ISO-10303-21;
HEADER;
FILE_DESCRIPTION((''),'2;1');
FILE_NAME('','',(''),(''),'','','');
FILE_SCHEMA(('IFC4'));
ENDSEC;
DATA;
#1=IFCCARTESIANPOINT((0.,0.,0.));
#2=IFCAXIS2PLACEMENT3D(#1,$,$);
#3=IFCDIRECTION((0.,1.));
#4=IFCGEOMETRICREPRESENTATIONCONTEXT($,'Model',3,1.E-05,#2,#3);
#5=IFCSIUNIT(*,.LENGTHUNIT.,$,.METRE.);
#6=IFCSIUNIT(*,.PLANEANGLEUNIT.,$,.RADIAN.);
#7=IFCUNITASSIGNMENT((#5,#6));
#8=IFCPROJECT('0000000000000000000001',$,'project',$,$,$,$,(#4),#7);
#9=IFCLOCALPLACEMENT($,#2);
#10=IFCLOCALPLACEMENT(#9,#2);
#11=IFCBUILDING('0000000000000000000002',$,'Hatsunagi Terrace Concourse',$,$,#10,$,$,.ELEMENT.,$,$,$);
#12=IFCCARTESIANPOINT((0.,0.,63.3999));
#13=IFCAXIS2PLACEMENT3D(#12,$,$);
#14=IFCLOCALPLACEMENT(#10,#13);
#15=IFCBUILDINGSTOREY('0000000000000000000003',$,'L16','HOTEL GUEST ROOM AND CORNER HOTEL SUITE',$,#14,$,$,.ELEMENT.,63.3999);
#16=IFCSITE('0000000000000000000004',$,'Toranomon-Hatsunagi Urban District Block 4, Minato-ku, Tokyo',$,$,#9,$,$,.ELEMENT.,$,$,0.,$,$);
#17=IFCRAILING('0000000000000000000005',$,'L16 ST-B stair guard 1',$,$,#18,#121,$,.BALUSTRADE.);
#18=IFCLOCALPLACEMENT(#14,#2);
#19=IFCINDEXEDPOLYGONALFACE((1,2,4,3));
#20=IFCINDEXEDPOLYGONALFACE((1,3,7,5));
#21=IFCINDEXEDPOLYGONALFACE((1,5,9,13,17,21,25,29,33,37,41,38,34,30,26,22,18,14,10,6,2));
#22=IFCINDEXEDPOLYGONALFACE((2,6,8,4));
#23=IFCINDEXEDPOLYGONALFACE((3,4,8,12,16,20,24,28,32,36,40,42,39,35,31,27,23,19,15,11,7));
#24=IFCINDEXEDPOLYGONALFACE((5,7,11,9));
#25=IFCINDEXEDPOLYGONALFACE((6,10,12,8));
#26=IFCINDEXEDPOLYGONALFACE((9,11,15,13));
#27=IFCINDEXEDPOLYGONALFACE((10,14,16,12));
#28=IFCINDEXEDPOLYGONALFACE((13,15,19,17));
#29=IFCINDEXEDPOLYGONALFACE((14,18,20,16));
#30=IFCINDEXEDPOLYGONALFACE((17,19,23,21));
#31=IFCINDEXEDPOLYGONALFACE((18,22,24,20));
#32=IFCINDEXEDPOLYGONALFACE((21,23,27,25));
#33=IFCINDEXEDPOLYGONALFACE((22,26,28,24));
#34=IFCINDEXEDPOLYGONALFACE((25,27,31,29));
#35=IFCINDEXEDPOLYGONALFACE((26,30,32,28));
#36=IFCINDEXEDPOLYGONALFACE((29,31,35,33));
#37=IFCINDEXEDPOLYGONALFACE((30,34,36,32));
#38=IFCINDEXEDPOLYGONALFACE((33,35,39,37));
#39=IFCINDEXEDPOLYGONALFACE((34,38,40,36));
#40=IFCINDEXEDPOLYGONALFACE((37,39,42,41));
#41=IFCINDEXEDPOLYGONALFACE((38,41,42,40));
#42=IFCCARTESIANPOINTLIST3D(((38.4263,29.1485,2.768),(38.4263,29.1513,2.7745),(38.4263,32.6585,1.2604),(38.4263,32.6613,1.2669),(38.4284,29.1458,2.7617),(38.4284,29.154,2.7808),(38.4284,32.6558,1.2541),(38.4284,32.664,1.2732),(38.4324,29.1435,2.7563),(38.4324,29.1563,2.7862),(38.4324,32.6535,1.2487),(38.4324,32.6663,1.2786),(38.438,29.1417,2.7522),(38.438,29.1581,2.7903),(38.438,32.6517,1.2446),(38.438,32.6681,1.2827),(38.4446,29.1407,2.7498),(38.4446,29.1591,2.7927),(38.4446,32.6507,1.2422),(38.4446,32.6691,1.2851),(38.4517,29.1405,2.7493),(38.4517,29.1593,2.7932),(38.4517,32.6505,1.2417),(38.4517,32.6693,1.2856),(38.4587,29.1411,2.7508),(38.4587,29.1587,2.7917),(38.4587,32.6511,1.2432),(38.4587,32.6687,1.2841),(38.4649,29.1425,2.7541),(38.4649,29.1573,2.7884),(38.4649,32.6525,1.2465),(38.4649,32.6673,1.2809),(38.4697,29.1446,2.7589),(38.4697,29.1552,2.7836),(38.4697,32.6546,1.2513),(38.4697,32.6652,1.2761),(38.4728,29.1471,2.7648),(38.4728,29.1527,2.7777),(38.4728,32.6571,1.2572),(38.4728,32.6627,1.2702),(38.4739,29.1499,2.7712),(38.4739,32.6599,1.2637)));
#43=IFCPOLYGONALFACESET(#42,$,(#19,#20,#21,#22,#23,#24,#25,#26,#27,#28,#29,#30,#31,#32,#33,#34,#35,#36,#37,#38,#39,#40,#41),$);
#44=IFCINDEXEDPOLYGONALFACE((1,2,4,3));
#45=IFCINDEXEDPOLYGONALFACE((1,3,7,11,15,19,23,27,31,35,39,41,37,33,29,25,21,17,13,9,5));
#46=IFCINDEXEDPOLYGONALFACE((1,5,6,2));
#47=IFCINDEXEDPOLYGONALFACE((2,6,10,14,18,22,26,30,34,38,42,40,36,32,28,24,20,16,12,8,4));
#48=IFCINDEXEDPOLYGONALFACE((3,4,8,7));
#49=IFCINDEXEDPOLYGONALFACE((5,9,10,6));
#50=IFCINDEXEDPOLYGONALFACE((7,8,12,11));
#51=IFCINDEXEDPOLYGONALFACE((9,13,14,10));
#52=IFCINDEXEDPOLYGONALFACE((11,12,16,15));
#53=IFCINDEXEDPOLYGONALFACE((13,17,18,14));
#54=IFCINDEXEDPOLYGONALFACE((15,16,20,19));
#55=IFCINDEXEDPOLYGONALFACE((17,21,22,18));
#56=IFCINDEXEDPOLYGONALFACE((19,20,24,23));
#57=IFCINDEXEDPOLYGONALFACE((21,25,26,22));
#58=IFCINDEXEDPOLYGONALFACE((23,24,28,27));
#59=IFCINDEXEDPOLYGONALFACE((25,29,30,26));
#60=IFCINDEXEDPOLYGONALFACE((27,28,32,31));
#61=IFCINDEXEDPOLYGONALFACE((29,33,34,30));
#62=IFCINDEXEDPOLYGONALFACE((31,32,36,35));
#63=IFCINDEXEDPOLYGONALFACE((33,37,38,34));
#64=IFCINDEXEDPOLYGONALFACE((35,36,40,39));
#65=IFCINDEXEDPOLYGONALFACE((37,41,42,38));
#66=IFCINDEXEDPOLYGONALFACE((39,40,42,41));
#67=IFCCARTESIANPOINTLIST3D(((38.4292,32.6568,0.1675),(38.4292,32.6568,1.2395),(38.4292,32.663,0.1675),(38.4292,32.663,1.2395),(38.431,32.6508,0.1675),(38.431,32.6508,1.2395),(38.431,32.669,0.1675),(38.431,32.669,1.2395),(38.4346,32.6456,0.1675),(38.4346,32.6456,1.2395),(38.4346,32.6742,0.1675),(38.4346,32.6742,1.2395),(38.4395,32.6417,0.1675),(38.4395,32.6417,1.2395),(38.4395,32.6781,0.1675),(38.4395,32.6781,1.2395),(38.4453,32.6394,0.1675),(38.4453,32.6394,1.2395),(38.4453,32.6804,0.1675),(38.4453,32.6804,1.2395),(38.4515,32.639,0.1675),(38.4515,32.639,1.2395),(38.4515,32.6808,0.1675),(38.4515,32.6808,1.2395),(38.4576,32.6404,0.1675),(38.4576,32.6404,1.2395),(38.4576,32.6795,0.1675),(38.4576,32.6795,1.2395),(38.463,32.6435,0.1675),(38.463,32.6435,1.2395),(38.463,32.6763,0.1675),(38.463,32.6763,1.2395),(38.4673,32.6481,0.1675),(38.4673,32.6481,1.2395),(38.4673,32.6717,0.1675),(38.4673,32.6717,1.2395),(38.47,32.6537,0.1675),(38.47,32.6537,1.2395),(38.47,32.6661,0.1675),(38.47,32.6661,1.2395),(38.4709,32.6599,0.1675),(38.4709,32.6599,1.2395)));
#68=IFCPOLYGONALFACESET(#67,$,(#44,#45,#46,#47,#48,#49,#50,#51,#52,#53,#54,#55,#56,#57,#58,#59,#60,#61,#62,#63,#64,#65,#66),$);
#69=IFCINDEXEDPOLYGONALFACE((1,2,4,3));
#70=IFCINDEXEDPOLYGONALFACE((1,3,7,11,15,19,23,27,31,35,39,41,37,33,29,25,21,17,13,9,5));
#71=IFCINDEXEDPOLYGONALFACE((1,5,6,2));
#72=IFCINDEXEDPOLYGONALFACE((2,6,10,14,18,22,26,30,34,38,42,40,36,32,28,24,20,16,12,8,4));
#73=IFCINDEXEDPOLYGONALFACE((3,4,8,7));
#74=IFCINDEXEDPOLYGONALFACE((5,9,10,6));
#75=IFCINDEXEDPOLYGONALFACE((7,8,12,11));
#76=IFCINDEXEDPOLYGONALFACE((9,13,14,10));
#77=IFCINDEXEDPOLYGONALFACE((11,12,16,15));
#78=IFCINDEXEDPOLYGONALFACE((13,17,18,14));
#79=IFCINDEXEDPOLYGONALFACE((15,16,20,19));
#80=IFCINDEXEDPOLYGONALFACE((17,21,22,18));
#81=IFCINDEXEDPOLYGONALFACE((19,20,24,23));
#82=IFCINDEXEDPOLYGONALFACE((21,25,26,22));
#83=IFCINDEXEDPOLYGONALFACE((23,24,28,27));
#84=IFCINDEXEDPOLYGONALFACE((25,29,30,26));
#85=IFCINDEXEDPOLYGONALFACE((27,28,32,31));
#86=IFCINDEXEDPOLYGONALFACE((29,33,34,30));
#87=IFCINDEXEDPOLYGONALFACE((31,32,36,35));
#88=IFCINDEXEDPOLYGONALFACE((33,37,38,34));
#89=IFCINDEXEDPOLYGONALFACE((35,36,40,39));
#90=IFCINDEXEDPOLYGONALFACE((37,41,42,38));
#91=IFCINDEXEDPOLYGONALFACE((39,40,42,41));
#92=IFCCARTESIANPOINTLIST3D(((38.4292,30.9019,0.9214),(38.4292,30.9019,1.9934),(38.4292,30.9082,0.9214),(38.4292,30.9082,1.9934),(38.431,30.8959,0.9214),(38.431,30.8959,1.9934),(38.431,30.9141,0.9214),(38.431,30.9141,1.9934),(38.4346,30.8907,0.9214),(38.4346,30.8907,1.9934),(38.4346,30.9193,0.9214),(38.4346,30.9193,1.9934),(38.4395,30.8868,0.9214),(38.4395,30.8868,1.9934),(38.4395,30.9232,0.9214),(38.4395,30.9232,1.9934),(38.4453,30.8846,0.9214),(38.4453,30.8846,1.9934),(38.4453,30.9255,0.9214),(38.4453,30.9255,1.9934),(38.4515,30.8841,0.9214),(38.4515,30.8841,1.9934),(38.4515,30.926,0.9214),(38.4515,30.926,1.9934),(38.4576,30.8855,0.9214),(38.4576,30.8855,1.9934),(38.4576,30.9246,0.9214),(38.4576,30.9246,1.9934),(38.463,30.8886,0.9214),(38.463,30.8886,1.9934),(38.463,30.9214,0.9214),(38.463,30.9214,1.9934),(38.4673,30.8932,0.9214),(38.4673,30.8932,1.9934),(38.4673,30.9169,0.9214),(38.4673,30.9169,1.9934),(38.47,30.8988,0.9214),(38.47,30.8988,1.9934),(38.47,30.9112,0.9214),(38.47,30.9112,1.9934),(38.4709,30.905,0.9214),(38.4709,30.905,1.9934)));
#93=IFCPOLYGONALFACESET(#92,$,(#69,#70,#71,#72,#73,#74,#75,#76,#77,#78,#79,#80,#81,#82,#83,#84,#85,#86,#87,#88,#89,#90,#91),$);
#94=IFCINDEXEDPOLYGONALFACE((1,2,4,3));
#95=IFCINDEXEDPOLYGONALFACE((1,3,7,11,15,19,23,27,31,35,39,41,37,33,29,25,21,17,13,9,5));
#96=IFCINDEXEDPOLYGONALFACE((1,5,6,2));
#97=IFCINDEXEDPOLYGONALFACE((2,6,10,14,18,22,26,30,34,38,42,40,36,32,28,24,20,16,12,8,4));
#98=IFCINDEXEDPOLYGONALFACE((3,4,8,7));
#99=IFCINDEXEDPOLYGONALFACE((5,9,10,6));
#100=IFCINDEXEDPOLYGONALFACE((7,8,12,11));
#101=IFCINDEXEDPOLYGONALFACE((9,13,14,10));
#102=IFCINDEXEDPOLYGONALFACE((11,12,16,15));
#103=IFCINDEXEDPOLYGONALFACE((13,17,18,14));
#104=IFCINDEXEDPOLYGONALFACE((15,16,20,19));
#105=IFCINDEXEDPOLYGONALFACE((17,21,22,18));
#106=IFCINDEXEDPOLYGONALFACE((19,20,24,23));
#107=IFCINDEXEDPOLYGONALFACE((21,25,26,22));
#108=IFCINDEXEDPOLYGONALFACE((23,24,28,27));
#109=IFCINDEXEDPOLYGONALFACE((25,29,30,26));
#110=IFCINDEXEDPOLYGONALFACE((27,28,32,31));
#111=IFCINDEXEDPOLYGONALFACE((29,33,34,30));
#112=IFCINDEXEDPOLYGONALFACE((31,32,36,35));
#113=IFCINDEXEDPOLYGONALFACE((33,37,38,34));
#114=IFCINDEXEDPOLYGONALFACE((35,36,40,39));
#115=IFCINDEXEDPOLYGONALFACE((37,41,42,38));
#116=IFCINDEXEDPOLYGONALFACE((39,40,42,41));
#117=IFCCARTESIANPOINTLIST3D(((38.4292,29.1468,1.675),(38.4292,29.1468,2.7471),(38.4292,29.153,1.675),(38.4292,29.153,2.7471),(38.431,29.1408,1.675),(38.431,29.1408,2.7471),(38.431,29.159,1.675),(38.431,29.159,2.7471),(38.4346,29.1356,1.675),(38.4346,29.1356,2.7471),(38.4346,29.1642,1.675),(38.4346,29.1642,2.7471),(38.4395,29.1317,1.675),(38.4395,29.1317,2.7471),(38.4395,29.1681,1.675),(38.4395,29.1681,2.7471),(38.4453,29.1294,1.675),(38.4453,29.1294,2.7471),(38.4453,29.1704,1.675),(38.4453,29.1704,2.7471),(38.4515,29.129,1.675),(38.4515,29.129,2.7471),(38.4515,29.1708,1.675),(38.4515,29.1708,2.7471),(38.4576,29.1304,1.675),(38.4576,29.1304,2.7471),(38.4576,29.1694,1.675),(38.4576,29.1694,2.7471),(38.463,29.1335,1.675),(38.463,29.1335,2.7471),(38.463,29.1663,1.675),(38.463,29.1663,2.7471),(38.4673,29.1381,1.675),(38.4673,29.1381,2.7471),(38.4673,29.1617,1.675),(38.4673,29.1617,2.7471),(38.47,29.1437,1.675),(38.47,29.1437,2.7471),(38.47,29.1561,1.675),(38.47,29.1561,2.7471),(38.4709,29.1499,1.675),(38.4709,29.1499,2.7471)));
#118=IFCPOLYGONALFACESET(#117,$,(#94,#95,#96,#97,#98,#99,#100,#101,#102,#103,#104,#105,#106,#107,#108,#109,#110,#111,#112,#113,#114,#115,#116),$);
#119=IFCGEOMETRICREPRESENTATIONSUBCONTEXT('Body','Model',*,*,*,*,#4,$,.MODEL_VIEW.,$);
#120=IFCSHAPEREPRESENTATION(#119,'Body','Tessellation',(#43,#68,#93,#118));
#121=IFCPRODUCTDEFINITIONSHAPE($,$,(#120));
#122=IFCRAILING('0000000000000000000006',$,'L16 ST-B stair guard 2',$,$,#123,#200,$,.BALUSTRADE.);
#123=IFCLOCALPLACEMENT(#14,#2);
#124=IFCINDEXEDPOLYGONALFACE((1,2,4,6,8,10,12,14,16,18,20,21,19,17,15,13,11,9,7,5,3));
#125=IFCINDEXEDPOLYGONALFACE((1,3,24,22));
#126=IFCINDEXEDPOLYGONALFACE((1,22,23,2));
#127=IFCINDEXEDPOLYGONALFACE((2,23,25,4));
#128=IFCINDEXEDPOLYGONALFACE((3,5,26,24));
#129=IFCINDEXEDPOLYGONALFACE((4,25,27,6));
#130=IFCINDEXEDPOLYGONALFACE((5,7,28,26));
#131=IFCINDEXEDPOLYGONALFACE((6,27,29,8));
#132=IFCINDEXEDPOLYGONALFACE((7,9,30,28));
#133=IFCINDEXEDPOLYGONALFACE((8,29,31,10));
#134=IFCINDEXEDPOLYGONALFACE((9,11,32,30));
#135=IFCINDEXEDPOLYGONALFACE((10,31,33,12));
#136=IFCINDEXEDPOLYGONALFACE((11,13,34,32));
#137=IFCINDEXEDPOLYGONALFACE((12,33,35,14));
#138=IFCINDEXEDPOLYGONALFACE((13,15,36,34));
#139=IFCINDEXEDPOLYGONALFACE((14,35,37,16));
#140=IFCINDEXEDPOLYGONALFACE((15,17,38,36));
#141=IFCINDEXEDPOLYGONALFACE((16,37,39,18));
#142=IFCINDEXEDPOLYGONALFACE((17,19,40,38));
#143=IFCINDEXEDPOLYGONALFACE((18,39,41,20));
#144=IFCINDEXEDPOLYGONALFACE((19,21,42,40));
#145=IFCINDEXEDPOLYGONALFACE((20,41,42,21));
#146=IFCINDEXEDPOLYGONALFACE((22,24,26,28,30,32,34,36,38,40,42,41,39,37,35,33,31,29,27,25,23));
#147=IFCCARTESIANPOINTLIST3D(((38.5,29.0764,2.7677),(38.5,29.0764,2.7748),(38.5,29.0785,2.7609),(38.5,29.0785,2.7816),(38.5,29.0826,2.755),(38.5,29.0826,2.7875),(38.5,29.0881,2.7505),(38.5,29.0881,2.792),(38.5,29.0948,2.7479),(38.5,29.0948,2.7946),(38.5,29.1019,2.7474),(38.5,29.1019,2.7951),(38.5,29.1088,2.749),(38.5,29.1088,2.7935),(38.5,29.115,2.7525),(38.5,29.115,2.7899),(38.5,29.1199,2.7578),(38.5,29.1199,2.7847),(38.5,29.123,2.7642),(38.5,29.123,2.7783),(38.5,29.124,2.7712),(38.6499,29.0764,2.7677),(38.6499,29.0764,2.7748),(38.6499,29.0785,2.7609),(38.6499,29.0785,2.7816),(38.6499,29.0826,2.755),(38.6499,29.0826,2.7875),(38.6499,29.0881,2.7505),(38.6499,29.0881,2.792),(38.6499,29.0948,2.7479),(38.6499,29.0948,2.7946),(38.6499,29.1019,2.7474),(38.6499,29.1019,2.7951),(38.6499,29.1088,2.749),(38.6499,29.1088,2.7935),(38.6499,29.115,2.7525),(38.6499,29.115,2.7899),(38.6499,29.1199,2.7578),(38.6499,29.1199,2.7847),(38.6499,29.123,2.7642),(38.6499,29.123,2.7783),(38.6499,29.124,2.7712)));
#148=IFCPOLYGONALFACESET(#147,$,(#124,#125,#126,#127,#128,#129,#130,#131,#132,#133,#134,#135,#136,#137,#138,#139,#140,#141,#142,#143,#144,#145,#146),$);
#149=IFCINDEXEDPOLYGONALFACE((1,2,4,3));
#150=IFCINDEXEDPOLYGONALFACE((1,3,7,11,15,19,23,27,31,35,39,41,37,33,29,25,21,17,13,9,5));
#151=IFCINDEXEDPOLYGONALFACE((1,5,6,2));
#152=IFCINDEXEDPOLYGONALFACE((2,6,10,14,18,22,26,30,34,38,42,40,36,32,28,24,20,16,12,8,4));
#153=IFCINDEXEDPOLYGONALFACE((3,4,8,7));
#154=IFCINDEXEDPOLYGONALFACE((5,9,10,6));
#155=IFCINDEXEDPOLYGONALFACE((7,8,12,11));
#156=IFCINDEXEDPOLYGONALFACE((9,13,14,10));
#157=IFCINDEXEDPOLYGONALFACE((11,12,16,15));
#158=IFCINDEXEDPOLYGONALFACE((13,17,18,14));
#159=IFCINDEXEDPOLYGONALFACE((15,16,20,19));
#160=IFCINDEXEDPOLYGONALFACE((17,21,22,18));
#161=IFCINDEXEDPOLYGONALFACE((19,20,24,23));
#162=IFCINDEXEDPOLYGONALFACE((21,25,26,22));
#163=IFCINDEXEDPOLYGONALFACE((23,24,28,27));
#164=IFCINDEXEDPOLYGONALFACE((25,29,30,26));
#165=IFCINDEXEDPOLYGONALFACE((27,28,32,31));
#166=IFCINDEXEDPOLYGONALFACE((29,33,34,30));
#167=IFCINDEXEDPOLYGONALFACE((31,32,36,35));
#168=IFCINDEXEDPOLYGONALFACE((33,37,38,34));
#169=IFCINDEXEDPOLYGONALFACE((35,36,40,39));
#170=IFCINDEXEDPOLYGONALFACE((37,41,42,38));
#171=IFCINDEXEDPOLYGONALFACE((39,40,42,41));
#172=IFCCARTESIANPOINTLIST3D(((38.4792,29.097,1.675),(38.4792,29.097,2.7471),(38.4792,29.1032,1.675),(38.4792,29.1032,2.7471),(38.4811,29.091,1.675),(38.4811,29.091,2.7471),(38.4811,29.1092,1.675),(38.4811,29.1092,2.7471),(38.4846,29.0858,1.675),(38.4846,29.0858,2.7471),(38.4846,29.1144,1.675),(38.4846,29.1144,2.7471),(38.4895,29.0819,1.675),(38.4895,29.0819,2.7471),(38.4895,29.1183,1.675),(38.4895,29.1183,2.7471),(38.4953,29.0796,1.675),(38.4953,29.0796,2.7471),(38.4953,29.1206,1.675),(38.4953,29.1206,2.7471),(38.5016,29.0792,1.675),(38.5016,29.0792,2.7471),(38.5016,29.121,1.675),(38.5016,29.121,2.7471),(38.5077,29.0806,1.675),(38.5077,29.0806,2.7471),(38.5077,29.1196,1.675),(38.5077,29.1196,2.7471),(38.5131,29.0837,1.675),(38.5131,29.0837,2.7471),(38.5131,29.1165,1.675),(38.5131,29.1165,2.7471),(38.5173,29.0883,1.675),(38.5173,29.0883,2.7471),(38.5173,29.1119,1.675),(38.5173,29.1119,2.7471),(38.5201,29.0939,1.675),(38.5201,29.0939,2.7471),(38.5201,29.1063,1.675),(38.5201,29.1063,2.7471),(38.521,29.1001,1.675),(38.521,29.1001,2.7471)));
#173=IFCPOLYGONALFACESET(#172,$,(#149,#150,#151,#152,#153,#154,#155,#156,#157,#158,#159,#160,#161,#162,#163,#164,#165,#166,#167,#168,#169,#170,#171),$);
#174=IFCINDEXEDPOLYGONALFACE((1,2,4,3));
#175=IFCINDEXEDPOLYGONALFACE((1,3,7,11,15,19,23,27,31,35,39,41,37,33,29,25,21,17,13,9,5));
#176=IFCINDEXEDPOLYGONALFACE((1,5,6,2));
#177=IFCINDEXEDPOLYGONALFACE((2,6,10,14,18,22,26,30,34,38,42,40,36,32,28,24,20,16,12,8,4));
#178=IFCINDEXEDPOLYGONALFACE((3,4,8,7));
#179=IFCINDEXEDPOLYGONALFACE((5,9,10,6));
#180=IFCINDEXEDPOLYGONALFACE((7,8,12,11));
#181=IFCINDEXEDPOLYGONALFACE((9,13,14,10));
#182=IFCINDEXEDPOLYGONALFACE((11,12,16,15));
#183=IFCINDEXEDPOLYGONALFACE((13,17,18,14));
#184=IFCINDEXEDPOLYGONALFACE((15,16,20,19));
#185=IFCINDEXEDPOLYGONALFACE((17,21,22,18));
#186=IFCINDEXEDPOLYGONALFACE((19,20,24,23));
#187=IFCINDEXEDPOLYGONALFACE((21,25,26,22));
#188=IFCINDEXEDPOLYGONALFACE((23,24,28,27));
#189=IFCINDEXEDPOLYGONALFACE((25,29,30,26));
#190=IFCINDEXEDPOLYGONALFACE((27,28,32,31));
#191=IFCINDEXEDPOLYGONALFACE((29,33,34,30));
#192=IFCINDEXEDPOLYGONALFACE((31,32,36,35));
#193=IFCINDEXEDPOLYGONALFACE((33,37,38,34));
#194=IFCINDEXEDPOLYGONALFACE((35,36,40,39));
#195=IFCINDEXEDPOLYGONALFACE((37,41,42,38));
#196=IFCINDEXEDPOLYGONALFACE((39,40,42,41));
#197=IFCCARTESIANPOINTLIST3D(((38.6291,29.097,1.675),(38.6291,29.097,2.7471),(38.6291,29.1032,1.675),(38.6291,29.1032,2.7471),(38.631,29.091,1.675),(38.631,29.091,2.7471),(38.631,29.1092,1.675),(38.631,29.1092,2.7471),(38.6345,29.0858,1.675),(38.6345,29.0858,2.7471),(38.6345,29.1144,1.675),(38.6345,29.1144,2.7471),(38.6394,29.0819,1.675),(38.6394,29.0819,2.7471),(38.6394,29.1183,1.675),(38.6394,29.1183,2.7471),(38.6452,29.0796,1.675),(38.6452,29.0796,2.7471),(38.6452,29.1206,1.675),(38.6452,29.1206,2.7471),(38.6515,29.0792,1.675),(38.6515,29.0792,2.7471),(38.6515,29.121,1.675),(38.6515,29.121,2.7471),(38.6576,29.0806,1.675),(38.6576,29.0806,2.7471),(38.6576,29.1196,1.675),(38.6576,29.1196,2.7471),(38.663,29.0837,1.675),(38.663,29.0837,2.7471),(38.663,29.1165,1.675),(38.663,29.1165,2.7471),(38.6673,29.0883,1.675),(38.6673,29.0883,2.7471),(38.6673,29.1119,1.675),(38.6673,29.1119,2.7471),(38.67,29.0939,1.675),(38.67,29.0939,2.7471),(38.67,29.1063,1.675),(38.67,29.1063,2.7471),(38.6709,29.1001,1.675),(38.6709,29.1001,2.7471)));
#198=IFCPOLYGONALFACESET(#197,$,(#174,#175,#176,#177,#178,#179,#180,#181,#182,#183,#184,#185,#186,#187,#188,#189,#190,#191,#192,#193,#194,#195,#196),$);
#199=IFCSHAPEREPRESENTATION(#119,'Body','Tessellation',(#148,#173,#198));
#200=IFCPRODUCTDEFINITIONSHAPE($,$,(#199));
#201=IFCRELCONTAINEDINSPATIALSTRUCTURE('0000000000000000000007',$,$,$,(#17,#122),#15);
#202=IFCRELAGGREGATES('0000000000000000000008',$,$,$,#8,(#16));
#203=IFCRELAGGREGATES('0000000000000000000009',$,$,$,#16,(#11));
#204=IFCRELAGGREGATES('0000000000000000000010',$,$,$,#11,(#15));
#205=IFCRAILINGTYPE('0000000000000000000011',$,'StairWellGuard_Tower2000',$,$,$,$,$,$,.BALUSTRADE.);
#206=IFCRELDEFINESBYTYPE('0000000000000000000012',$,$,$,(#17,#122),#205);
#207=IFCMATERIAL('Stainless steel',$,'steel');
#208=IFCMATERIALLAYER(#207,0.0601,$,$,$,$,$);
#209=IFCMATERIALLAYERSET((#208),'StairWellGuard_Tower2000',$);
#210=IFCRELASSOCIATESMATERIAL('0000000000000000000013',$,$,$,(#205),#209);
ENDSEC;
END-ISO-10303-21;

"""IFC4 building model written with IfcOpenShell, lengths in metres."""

from ifc_helpers import new_model, si_unit, direction, frame, origin, origin_2d, place, context, subcontext, project, spatial, circle, extrude, material, layer, layer_set, type_object, element, save


model = new_model("IFC4")

# Units and contexts
model_context = context("Model", 3, precision=1e-05, world=origin(), true_north=direction((0.0, 1.0)))
body_context = subcontext(model_context, "Body", "Model", "MODEL_VIEW")
ifc_project = project(units=[si_unit("LENGTHUNIT", "METRE"), si_unit("PLANEANGLEUNIT", "RADIAN")], contexts=[model_context])

# Site, building, storey
site_placement = place(None, origin())
site = spatial("IfcSite", under=ifc_project, at=site_placement, Name="Toranomon-Hatsunagi Urban District Block 4, Minato-ku, Tokyo", CompositionType="ELEMENT", RefElevation=0.0)
building_placement = place(site_placement, origin())
building = spatial("IfcBuilding", under=site, at=building_placement, Name="Hatsunagi Terrace Concourse", CompositionType="ELEMENT")
storey_placement = place(building_placement, frame((0.0, 0.0, 63.3999)))
storey = spatial("IfcBuildingStorey", under=building, at=storey_placement, Name="L16", Description="HOTEL GUEST ROOM AND CORNER HOTEL SUITE", CompositionType="ELEMENT", Elevation=63.3999)

# Railings
ifc_material_1 = material(Name="Stainless steel", Category="steel")
ifc_layer_1 = layer(ifc_material_1, 0.0601)
ifc_layer_set_1 = layer_set([ifc_layer_1], Name="StairWellGuard_Tower2000")
railing_type_1 = type_object("IfcRailingType", Name="StairWellGuard_Tower2000", PredefinedType="BALUSTRADE", material=ifc_layer_set_1)
railing_1_placement = place(storey_placement, frame((38.45, 32.6599, 0.1675)))
element("IfcRailing", 1, at=railing_1_placement, inside=storey, type_object=railing_type_1, Name="L16 ST-B stair guard 1", PredefinedType="BALUSTRADE", context=body_context, shape_type="SweptSolid", body=[
    extrude(circle(Radius=0.0239, at=origin_2d()), frame((0.0, 0.0, 1.0962), z_axis=(0.0, -0.918834, 0.394644), x_axis=(1.0, 0.0, 0.0)), (0.0, 0.0, 1.0), 3.8201),
    extrude(circle(Radius=0.021, at=origin_2d()), origin(), (0.0, 0.0, 1.0), 1.072),
    extrude(circle(Radius=0.021, at=origin_2d()), frame((0.0, -1.7549, 0.7539)), (0.0, 0.0, 1.0), 1.072),
    extrude(circle(Radius=0.021, at=origin_2d()), frame((0.0, -3.51, 1.5076)), (0.0, 0.0, 1.0), 1.072),
])
railing_2_placement = place(storey_placement, frame((38.5, 29.1001, 1.675)))
element("IfcRailing", 2, at=railing_2_placement, inside=storey, type_object=railing_type_1, Name="L16 ST-B stair guard 2", PredefinedType="BALUSTRADE", context=body_context, shape_type="SweptSolid", body=[
    extrude(circle(Radius=0.0239, at=origin_2d()), frame((0.0, 0.0, 1.0962), z_axis=(1.0, 0.0, 0.0), x_axis=(0.0, 1.0, 0.0)), (0.0, 0.0, 1.0), 0.1499),
    extrude(circle(Radius=0.021, at=origin_2d()), origin(), (0.0, 0.0, 1.0), 1.072),
    extrude(circle(Radius=0.021, at=origin_2d()), frame((0.1499, 0.0, 0.0)), (0.0, 0.0, 1.0), 1.072),
])

save(model, "model.ifc")
